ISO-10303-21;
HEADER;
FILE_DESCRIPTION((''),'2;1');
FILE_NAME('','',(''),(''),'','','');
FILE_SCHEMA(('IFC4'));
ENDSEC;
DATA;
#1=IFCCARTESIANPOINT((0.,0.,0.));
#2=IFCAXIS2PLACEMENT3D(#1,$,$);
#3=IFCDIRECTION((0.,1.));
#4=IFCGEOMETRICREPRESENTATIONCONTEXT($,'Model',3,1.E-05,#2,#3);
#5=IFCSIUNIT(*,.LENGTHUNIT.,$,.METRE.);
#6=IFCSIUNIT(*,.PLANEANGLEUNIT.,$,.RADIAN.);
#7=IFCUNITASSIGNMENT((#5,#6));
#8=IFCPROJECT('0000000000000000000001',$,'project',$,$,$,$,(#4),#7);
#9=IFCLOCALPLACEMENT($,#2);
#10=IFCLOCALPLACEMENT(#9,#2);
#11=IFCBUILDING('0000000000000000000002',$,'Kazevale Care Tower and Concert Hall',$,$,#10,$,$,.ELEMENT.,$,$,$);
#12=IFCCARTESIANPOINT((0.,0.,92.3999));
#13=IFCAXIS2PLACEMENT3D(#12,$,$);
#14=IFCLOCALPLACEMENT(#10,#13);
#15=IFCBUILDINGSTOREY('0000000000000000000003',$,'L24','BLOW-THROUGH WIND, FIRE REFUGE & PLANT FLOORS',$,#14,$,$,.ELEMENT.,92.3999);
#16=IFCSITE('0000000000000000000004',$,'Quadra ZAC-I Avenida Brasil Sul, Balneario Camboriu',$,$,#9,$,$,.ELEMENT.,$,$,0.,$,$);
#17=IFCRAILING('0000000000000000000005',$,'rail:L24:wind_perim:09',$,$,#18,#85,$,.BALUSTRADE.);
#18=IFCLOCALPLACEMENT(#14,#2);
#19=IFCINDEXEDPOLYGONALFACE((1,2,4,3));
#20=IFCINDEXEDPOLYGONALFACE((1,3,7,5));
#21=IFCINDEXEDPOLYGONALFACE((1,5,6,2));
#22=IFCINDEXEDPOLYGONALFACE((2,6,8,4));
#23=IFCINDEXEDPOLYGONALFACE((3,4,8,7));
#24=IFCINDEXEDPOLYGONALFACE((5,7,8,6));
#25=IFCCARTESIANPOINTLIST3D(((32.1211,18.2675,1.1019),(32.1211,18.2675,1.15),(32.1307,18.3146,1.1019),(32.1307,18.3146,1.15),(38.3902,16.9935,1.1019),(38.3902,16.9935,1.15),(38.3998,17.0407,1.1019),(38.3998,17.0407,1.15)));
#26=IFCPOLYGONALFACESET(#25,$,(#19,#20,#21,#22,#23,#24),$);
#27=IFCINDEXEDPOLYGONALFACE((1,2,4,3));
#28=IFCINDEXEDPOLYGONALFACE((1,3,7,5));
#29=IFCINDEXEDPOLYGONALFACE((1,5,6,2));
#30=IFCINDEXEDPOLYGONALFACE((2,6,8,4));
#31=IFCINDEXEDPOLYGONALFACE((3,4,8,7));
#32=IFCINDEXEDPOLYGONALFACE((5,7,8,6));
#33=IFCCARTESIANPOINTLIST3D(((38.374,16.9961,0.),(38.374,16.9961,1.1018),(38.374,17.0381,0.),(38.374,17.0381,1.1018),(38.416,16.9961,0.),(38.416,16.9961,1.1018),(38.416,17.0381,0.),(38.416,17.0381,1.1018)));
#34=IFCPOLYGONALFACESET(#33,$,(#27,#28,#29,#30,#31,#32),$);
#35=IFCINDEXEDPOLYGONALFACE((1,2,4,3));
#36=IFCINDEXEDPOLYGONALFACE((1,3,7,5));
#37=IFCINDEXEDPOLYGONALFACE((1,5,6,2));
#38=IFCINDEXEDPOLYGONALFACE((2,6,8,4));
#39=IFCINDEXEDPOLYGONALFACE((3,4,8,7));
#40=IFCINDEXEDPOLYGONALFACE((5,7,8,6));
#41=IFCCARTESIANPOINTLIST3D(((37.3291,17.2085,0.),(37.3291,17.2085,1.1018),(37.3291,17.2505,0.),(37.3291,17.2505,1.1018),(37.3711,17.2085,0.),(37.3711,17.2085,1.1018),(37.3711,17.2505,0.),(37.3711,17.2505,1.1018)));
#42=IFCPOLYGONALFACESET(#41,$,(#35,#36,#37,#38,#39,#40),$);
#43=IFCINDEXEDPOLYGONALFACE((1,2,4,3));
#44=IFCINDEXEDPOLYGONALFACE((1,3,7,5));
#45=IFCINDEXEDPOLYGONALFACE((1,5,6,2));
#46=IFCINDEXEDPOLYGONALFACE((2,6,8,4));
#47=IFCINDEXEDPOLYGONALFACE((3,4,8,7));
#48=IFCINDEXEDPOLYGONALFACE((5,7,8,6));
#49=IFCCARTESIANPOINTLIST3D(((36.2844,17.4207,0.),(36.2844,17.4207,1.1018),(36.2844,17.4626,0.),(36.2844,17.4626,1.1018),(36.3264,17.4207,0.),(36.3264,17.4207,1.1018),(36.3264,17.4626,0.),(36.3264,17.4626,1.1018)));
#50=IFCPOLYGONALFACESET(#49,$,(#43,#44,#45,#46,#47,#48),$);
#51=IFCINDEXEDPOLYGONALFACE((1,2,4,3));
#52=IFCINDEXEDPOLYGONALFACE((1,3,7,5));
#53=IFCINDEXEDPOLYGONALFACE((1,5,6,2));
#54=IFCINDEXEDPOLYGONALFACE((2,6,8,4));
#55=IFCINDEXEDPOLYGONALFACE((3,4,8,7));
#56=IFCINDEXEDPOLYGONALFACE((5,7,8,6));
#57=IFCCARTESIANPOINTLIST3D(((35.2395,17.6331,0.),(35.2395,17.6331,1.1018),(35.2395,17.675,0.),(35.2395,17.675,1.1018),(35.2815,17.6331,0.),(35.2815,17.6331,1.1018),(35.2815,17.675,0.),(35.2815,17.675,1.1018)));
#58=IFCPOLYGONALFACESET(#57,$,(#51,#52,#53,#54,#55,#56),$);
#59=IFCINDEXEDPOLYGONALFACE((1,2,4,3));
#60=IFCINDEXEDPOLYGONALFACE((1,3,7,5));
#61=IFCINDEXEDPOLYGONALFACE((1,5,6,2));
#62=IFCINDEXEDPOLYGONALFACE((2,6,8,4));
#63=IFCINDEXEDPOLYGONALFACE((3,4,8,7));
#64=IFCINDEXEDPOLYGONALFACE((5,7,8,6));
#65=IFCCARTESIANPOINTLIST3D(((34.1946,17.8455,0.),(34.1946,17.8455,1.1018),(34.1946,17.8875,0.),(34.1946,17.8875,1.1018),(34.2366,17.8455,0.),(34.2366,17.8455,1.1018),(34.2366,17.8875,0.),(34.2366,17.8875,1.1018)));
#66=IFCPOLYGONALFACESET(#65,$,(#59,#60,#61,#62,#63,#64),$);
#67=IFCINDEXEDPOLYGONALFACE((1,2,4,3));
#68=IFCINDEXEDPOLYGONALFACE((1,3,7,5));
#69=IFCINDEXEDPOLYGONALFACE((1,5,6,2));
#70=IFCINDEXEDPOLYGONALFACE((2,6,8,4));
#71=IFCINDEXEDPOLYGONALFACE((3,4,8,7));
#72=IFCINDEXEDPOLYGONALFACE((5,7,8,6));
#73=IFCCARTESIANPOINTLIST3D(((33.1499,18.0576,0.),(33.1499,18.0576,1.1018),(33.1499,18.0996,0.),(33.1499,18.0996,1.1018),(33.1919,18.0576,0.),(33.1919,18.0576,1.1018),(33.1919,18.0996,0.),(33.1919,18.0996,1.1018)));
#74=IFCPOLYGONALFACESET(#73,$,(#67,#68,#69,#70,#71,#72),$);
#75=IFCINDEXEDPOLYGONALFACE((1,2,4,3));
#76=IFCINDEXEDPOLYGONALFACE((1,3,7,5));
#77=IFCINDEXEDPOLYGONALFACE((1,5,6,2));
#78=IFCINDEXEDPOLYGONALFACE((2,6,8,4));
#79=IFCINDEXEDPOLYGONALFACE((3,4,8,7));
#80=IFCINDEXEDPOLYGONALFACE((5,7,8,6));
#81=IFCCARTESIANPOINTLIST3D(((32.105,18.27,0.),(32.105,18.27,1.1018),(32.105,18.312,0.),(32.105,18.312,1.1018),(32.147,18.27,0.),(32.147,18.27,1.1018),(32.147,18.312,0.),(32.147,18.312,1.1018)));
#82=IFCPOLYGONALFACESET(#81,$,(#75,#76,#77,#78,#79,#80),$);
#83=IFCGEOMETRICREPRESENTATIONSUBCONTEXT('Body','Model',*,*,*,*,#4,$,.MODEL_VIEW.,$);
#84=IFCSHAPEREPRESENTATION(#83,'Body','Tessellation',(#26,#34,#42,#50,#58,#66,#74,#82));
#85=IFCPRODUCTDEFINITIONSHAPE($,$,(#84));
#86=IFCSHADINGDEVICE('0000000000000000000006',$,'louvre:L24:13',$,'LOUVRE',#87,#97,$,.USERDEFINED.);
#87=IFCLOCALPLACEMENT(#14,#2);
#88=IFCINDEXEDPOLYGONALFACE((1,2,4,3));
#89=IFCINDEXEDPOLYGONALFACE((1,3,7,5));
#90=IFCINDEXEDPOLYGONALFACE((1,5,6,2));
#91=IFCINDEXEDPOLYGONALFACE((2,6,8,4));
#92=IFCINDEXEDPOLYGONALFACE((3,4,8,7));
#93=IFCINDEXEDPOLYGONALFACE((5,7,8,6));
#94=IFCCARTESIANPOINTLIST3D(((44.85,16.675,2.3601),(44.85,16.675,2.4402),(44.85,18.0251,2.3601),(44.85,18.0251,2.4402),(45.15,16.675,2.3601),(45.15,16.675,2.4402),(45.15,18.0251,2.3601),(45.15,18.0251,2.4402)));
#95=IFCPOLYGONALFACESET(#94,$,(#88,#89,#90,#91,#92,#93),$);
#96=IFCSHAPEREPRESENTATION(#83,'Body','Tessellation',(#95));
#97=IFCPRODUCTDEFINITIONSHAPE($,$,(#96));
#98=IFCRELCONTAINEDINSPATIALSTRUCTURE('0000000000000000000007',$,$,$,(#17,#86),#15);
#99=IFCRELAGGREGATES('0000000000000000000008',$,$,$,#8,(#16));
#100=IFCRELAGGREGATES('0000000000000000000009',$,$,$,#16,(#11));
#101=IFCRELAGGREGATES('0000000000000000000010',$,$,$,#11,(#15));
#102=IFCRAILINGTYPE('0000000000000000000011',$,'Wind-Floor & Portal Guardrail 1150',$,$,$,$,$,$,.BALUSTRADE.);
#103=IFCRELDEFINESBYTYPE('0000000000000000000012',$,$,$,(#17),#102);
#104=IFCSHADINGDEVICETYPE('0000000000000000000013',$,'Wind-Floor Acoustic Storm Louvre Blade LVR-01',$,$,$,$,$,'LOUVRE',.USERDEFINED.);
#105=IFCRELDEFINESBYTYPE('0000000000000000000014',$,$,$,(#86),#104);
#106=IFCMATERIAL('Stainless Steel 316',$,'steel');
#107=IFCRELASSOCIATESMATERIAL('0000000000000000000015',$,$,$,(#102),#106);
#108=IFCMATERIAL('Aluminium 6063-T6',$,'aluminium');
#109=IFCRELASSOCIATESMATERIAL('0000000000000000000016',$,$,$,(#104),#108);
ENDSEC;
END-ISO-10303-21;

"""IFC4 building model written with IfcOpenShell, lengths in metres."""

from ifc_helpers import new_model, si_unit, direction, frame, origin, origin_2d, place, context, subcontext, project, spatial, rectangle, extrude, material, type_object, element, save


model = new_model("IFC4")

# Units and contexts
model_context = context("Model", 3, precision=1e-05, world=origin(), true_north=direction((0.0, 1.0)))
body_context = subcontext(model_context, "Body", "Model", "MODEL_VIEW")
ifc_project = project(units=[si_unit("LENGTHUNIT", "METRE"), si_unit("PLANEANGLEUNIT", "RADIAN")], contexts=[model_context])

# Site, building, storey
site_placement = place(None, origin())
site = spatial("IfcSite", under=ifc_project, at=site_placement, Name="Quadra ZAC-I Avenida Brasil Sul, Balneario Camboriu", CompositionType="ELEMENT", RefElevation=0.0)
building_placement = place(site_placement, origin())
building = spatial("IfcBuilding", under=site, at=building_placement, Name="Kazevale Care Tower and Concert Hall", CompositionType="ELEMENT")
storey_placement = place(building_placement, frame((0.0, 0.0, 92.3999)))
storey = spatial("IfcBuildingStorey", under=building, at=storey_placement, Name="L24", Description="BLOW-THROUGH WIND, FIRE REFUGE & PLANT FLOORS", CompositionType="ELEMENT", Elevation=92.3999)

# Railing
ifc_material_1 = material(Name="Stainless Steel 316", Category="steel")
railing_type_1 = type_object("IfcRailingType", Name="Wind-Floor & Portal Guardrail 1150", PredefinedType="BALUSTRADE", material=ifc_material_1)
railing_1_placement = place(storey_placement, frame((38.395, 17.0171, 0.0)))
element("IfcRailing", 1, at=railing_1_placement, inside=storey, type_object=railing_type_1, Name="rail:L24:wind_perim:09", PredefinedType="BALUSTRADE", context=body_context, shape_type="SweptSolid", body=[
    extrude(rectangle(XDim=0.0481, YDim=0.0481, at=origin_2d()), frame((0.0, 0.0, 1.126), z_axis=(-0.979971, 0.199139, 0.0), x_axis=(-0.199139, -0.979971, 0.0)), (0.0, 0.0, 1.0), 6.3972),
    extrude(rectangle(XDim=0.042, YDim=0.042, at=origin_2d()), origin(), (0.0, 0.0, 1.0), 1.1018),
    extrude(rectangle(XDim=0.042, YDim=0.042, at=origin_2d()), frame((-1.0449, 0.2124, 0.0)), (0.0, 0.0, 1.0), 1.1018),
    extrude(rectangle(XDim=0.042, YDim=0.042, at=origin_2d()), frame((-2.0896, 0.4246, 0.0)), (0.0, 0.0, 1.0), 1.1018),
    extrude(rectangle(XDim=0.042, YDim=0.042, at=origin_2d()), frame((-3.1345, 0.637, 0.0)), (0.0, 0.0, 1.0), 1.1018),
    extrude(rectangle(XDim=0.042, YDim=0.042, at=origin_2d()), frame((-4.1794, 0.8494, 0.0)), (0.0, 0.0, 1.0), 1.1018),
    extrude(rectangle(XDim=0.042, YDim=0.042, at=origin_2d()), frame((-5.2241, 1.0615, 0.0)), (0.0, 0.0, 1.0), 1.1018),
    extrude(rectangle(XDim=0.042, YDim=0.042, at=origin_2d()), frame((-6.269, 1.2739, 0.0)), (0.0, 0.0, 1.0), 1.1018),
])

# Shading device
ifc_material_2 = material(Name="Aluminium 6063-T6", Category="aluminium")
shading_device_type = type_object("IfcShadingDeviceType", Name="Wind-Floor Acoustic Storm Louvre Blade LVR-01", ElementType="LOUVRE", PredefinedType="USERDEFINED", material=ifc_material_2)
shading_device_placement = place(storey_placement, frame((45.0, 17.3501, 2.3601), z_axis=(0.0, 0.0, 1.0), x_axis=(0.0, -1.0, 0.0)))
element("IfcShadingDevice", 2, at=shading_device_placement, inside=storey, type_object=shading_device_type, Name="louvre:L24:13", ObjectType="LOUVRE", PredefinedType="USERDEFINED", context=body_context, shape_type="SweptSolid", body=[
    extrude(rectangle(XDim=1.3501, YDim=0.3, at=origin_2d()), origin(), (0.0, 0.0, 1.0), 0.0801),
])

save(model, "model.ifc")
